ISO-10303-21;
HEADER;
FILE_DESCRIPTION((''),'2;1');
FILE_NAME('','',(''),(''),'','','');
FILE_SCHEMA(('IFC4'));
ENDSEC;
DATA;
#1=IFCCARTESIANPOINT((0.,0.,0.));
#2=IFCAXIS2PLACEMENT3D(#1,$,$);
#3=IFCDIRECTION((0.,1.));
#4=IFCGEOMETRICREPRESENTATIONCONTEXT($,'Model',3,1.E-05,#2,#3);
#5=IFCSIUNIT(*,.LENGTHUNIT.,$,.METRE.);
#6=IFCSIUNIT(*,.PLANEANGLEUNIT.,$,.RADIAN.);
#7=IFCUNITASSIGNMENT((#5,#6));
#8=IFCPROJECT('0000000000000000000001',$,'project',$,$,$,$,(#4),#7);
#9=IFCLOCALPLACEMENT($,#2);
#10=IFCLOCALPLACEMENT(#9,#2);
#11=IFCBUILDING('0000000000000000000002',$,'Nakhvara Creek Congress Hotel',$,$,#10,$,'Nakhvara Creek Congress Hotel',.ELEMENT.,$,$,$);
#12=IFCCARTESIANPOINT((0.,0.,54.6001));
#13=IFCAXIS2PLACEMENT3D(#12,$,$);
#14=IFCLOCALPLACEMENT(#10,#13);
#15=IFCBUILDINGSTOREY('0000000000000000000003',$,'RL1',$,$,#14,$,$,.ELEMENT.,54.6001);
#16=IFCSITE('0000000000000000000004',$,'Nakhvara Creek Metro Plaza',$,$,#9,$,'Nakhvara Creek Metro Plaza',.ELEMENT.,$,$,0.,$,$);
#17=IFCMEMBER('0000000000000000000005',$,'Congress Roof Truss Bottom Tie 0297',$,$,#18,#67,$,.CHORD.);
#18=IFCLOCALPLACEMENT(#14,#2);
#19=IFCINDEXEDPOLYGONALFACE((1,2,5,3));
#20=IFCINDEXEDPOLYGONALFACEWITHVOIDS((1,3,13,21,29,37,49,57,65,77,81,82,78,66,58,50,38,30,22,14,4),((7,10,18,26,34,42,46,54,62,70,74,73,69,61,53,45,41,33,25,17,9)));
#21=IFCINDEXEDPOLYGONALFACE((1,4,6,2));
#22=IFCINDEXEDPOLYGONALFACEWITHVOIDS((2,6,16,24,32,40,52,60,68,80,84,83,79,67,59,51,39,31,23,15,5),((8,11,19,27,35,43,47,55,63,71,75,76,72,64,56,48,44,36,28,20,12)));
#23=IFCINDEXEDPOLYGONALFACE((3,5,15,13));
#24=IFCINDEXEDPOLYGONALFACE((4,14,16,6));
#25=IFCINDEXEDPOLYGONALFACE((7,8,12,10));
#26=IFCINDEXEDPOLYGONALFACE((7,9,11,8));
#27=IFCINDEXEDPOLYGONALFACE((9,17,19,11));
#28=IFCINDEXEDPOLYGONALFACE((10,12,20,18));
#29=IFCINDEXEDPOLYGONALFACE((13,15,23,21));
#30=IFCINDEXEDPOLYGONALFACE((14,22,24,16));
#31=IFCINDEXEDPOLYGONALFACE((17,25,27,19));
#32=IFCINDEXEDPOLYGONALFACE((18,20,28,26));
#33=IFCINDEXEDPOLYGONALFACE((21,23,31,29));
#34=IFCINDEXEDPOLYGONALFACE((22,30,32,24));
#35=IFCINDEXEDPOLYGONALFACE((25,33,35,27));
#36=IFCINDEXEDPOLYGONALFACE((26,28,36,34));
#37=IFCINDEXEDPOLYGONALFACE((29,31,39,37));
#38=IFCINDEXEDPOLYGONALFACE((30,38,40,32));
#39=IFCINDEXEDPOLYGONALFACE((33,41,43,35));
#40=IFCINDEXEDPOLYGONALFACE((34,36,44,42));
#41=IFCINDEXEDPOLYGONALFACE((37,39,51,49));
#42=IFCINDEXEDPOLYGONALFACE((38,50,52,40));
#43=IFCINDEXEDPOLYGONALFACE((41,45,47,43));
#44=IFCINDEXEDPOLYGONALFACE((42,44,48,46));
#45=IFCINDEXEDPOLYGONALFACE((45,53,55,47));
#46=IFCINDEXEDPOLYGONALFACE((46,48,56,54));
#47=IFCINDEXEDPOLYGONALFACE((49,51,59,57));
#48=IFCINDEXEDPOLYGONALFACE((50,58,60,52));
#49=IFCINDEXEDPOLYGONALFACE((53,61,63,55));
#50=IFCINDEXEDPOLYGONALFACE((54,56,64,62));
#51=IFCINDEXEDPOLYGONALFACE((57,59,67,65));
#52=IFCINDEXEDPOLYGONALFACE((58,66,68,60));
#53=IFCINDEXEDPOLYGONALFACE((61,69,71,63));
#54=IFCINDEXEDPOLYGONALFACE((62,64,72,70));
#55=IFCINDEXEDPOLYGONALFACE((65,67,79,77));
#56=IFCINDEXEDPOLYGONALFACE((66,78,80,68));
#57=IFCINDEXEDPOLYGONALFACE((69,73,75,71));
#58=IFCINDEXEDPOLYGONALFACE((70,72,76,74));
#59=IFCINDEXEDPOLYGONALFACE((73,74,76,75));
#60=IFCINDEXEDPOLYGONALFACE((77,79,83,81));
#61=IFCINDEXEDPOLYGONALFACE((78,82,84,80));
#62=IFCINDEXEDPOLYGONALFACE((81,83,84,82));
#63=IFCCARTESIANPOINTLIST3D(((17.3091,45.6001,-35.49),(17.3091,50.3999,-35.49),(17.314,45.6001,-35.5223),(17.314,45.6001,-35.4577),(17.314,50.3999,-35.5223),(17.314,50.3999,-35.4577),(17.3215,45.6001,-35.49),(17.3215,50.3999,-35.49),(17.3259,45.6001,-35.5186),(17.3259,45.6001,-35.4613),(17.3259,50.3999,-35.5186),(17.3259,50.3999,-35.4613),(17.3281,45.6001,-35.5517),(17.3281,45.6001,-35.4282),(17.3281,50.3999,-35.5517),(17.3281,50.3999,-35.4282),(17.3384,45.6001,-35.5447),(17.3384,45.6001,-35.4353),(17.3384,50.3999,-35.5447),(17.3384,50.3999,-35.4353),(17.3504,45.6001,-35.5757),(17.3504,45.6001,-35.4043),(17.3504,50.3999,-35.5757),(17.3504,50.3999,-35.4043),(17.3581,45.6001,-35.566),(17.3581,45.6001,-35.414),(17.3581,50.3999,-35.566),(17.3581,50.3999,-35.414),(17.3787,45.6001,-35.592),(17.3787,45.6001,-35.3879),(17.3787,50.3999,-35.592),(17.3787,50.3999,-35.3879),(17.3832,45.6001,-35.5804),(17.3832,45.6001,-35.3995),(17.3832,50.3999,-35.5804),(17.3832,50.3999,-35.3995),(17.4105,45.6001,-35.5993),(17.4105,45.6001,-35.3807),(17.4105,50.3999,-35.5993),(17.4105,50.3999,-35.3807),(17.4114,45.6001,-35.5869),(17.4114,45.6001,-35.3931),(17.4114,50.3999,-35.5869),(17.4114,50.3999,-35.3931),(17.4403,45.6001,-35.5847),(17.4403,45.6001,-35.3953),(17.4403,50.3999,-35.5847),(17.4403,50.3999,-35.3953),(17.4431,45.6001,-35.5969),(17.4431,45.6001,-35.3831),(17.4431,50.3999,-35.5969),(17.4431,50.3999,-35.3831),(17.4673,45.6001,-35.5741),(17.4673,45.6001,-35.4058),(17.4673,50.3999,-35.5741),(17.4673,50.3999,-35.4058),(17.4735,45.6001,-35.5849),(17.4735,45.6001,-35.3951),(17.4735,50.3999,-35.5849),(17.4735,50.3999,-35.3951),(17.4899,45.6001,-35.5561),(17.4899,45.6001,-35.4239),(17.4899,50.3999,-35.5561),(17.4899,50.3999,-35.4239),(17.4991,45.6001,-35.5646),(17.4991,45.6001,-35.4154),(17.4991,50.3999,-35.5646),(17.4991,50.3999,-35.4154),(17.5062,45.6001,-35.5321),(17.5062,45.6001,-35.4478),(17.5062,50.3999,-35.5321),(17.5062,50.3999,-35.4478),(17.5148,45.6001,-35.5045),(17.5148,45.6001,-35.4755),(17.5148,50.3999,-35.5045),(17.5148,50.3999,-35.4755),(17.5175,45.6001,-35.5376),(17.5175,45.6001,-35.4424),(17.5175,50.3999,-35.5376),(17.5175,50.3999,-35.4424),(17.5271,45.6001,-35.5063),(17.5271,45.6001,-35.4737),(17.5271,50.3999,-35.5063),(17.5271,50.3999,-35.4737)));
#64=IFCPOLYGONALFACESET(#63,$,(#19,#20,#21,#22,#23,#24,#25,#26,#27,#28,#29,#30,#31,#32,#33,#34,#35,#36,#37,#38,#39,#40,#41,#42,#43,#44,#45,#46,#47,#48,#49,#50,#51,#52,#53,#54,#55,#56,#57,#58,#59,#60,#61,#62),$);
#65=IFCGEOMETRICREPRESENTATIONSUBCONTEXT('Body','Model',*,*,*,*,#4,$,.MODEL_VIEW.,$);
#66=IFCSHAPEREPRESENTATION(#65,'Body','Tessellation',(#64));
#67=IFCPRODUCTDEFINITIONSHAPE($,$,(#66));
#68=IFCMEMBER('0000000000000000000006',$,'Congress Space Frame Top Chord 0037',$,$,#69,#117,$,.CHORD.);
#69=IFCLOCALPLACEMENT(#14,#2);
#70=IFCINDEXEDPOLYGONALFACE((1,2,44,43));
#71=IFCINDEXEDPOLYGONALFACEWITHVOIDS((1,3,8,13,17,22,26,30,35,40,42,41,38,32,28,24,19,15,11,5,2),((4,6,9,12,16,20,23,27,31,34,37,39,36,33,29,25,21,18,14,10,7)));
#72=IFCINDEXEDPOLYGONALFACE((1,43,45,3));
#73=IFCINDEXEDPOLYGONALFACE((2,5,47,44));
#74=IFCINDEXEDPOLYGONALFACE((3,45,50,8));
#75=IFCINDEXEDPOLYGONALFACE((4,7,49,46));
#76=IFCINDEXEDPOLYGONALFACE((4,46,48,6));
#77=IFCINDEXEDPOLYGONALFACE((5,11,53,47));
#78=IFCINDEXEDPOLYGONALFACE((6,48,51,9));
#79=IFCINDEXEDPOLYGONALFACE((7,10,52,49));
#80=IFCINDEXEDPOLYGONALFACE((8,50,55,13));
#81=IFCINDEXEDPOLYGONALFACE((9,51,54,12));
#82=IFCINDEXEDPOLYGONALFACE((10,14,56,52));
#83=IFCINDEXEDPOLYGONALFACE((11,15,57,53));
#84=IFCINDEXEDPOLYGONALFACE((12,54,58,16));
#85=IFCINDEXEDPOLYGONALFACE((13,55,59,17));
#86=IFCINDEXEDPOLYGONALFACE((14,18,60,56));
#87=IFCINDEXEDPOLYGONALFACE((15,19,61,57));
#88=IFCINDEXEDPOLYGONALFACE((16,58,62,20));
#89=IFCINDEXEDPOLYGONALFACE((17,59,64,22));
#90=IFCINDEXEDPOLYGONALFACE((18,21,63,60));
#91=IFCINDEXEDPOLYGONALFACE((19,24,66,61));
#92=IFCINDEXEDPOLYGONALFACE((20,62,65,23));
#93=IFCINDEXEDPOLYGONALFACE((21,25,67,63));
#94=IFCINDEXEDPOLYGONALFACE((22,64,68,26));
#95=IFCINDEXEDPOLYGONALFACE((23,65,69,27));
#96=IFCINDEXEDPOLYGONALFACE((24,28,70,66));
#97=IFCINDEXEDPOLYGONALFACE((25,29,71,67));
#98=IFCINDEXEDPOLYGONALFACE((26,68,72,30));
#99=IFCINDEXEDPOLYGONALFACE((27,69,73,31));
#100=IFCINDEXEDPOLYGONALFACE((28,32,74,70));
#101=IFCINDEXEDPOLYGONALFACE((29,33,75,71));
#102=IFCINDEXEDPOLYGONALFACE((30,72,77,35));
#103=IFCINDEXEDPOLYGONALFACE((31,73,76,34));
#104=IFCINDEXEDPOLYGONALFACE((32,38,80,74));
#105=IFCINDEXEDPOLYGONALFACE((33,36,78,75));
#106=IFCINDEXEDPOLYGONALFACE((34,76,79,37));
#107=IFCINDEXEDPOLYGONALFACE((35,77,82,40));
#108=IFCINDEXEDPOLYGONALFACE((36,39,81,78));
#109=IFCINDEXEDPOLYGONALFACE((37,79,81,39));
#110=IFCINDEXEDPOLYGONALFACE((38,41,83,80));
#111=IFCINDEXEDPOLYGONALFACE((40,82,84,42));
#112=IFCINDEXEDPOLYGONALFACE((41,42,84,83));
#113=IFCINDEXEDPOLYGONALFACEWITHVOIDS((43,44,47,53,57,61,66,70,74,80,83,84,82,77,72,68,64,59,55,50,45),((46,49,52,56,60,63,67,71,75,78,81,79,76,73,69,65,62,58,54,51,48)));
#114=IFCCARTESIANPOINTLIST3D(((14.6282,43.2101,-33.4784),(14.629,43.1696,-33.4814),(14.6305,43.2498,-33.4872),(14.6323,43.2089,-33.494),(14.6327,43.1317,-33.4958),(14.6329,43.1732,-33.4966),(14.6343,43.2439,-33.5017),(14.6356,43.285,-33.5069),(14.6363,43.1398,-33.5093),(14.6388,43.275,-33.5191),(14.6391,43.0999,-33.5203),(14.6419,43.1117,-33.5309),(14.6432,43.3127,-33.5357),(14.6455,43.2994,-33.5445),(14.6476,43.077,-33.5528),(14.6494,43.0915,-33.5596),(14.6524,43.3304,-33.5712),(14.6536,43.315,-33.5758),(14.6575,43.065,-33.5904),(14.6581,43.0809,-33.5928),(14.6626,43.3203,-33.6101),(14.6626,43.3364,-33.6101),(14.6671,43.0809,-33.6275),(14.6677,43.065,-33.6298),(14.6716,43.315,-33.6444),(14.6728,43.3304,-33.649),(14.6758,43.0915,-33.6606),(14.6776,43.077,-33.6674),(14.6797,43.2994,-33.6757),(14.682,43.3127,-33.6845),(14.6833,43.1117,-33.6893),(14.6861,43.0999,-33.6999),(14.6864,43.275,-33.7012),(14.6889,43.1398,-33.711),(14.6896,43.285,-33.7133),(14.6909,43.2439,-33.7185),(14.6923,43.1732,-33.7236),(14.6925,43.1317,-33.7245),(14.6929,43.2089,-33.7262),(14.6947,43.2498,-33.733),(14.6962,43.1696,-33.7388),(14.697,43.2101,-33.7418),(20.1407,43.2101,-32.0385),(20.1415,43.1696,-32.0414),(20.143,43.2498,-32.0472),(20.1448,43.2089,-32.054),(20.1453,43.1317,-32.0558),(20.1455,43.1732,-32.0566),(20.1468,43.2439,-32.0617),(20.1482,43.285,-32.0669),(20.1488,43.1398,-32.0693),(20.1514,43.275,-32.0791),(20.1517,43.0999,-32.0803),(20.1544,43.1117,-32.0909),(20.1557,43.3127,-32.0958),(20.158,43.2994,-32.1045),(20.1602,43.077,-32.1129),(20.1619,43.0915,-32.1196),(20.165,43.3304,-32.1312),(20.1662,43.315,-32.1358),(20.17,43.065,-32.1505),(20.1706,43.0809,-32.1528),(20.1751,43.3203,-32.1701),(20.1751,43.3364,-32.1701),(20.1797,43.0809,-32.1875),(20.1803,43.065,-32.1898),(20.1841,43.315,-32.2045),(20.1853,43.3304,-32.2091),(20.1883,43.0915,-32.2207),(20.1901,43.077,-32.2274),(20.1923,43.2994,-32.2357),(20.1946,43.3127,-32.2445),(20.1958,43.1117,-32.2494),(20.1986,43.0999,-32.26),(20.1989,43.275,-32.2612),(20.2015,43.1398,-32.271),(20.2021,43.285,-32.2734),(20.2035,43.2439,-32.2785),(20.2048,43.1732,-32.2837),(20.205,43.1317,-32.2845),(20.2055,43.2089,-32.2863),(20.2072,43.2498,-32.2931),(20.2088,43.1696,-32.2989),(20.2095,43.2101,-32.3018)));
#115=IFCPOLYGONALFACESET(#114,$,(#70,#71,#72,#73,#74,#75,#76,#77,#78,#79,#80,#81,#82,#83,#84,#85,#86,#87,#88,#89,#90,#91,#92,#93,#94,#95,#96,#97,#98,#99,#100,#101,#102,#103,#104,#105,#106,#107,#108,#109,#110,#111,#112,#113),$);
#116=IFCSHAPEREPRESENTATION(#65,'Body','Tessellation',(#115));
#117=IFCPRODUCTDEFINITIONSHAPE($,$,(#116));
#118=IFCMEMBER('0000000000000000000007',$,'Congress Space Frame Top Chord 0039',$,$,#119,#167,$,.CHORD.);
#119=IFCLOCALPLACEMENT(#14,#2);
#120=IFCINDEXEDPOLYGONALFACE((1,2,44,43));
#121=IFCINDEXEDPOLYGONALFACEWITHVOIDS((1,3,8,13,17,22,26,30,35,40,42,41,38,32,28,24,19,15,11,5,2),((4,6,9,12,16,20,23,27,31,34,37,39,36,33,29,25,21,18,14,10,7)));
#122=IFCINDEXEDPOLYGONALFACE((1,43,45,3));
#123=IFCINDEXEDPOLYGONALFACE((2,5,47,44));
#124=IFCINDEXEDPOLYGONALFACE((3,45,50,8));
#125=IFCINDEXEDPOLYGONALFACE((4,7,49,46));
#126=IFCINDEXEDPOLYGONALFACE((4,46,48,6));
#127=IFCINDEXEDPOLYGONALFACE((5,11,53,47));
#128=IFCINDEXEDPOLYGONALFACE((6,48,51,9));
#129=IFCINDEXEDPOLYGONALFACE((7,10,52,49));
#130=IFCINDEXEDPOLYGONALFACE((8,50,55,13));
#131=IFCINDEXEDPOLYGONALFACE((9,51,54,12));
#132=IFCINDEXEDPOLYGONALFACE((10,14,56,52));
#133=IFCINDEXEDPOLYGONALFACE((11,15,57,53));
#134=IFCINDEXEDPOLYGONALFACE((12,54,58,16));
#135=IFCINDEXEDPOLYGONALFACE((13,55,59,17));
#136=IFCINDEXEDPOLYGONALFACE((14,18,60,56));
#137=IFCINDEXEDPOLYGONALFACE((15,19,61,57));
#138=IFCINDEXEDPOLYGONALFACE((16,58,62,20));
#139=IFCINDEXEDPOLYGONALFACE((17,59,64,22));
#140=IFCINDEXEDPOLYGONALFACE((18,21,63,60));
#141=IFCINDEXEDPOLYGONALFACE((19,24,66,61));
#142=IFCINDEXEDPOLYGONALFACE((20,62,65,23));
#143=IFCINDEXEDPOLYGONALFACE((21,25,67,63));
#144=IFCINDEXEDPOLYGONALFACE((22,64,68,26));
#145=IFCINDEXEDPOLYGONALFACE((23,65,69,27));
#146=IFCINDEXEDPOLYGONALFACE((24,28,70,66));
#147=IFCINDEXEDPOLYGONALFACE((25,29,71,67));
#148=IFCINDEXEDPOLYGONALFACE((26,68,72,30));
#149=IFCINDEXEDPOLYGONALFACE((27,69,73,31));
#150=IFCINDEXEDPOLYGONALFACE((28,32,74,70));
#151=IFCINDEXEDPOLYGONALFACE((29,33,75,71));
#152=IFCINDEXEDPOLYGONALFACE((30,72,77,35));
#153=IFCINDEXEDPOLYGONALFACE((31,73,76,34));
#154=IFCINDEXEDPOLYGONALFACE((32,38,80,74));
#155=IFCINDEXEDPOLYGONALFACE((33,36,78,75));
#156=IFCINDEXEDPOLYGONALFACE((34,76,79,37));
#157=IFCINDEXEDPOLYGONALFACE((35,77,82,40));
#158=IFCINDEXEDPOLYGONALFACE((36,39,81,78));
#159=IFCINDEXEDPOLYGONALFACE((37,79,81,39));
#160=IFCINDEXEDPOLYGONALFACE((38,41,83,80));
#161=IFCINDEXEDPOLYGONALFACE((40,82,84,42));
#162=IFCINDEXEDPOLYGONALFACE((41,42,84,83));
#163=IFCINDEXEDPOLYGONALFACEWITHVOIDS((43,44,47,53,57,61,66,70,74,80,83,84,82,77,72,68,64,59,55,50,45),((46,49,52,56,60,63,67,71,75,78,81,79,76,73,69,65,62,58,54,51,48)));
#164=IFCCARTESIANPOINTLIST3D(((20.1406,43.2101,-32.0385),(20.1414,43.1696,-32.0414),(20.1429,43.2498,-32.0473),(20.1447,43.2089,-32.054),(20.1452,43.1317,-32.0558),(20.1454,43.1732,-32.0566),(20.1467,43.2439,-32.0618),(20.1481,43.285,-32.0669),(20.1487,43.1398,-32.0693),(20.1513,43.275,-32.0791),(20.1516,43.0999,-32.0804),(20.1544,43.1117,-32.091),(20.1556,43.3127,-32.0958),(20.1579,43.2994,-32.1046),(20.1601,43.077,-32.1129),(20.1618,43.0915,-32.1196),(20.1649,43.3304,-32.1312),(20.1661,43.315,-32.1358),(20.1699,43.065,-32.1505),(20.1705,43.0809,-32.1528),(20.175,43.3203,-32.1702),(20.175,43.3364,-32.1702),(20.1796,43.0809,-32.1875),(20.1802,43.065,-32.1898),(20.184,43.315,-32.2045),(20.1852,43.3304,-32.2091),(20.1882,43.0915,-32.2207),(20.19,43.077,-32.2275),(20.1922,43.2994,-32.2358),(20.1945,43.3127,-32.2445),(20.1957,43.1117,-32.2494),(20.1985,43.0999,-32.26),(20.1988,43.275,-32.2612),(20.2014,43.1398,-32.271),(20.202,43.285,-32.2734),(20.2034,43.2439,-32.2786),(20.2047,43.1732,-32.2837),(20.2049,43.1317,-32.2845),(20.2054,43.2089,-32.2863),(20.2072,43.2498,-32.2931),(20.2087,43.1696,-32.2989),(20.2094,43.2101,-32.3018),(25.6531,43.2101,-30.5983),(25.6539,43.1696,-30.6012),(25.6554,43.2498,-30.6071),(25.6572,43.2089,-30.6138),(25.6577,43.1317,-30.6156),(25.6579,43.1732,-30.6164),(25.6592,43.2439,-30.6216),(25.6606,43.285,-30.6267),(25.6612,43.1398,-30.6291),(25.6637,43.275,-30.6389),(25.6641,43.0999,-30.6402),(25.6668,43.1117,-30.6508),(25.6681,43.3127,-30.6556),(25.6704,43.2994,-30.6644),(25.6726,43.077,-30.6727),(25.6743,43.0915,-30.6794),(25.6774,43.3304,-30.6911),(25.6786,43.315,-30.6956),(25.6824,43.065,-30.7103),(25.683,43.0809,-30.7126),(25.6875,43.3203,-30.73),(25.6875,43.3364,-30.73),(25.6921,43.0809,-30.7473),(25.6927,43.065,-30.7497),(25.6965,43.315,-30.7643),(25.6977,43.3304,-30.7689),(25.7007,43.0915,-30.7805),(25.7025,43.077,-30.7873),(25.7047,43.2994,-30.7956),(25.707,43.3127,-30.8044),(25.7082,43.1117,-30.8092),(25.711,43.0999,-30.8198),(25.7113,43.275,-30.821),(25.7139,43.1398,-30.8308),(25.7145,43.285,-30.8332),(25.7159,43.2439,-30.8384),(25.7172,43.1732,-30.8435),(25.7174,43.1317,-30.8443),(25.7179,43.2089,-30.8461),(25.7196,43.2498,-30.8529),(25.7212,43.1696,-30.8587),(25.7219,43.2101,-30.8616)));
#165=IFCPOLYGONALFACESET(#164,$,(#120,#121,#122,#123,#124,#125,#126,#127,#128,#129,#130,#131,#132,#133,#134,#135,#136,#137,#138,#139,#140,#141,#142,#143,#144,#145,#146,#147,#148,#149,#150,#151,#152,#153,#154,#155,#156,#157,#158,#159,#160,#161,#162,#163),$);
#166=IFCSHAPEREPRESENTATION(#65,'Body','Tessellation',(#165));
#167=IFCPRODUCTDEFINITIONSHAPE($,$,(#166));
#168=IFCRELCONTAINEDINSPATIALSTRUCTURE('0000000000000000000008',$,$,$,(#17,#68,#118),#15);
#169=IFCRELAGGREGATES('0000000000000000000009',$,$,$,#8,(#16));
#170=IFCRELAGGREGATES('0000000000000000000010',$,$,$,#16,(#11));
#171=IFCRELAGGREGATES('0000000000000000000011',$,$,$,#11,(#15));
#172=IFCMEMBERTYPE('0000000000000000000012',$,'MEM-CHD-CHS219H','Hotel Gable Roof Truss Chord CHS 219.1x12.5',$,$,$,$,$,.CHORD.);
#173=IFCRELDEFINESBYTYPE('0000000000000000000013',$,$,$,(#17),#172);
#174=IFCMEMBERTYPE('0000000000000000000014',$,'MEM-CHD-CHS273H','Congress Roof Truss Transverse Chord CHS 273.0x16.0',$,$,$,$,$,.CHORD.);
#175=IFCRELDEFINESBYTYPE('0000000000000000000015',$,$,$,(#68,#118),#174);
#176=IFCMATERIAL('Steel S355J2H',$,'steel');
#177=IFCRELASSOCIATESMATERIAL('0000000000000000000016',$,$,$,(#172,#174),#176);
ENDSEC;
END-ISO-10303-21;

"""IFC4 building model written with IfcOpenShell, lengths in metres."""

from ifc_helpers import new_model, si_unit, direction, frame, origin, origin_2d, place, context, subcontext, project, spatial, hollow_circle, extrude, material, material_profile, profile_set, type_object, element, save


model = new_model("IFC4")

# Units and contexts
model_context = context("Model", 3, precision=1e-05, world=origin(), true_north=direction((0.0, 1.0)))
body_context = subcontext(model_context, "Body", "Model", "MODEL_VIEW")
ifc_project = project(units=[si_unit("LENGTHUNIT", "METRE"), si_unit("PLANEANGLEUNIT", "RADIAN")], contexts=[model_context])

# Site, building, storey
site_placement = place(None, origin())
site = spatial("IfcSite", under=ifc_project, at=site_placement, Name="Nakhvara Creek Metro Plaza", LongName="Nakhvara Creek Metro Plaza", CompositionType="ELEMENT", RefElevation=0.0)
building_placement = place(site_placement, origin())
building = spatial("IfcBuilding", under=site, at=building_placement, Name="Nakhvara Creek Congress Hotel", LongName="Nakhvara Creek Congress Hotel", CompositionType="ELEMENT")
storey_placement = place(building_placement, frame((0.0, 0.0, 54.6001)))
storey = spatial("IfcBuildingStorey", under=building, at=storey_placement, Name="RL1", CompositionType="ELEMENT", Elevation=54.6001)

# Members
ifc_material_1 = material(Name="Steel S355J2H", Category="steel")
ifc_material_profile_1 = material_profile(ifc_material_1, hollow_circle(Radius=0.1096, WallThickness=0.0125, at=origin_2d()), Name="CHS 219.1x12.5", Category="LoadBearing")
ifc_profile_set_1 = profile_set([ifc_material_profile_1], Name="Steel S355J2H")
member_type_1 = type_object("IfcMemberType", Name="MEM-CHD-CHS219H", Description="Hotel Gable Roof Truss Chord CHS 219.1x12.5", PredefinedType="CHORD", material=ifc_profile_set_1)
member_1_placement = place(storey_placement, frame((17.4187, 45.6001, -35.49), z_axis=(0.0, 1.0, 0.0), x_axis=(-1.0, 0.0, 0.0)))
element("IfcMember", 1, at=member_1_placement, inside=storey, type_object=member_type_1, Name="Congress Roof Truss Bottom Tie 0297", PredefinedType="CHORD", context=body_context, shape_type="SweptSolid", body=[
    extrude(hollow_circle(Radius=0.1096, WallThickness=0.0125, at=origin_2d()), origin(), (0.0, 0.0, 1.0), 4.7998),
])
ifc_material_profile_2 = material_profile(ifc_material_1, hollow_circle(Radius=0.1365, WallThickness=0.0161, at=origin_2d()), Name="CHS 273.0x16.0", Category="LoadBearing")
ifc_profile_set_2 = profile_set([ifc_material_profile_2], Name="Steel S355J2H")
member_type_2 = type_object("IfcMemberType", Name="MEM-CHD-CHS273H", Description="Congress Roof Truss Transverse Chord CHS 273.0x16.0", PredefinedType="CHORD", material=ifc_profile_set_2)
for number, where, z_axis, x_axis, name in (
    (2, (14.6626, 43.2, -33.6101), (0.967535, 0.0, 0.252736), (0.0, 1.0, 0.0), "Congress Space Frame Top Chord 0037"),
    (3, (20.175, 43.2, -32.1702), (0.967525, 0.0, 0.252776), (0.0, 1.0, 0.0), "Congress Space Frame Top Chord 0039"),
):
    element("IfcMember", number, at=place(storey_placement, frame(where, z_axis=z_axis, x_axis=x_axis)), inside=storey, type_object=member_type_2, Name=name, PredefinedType="CHORD", context=body_context, shape_type="SweptSolid", body=[
        extrude(hollow_circle(Radius=0.1365, WallThickness=0.0161, at=origin_2d()), origin(), (0.0, 0.0, 1.0), 5.6975),
    ])

save(model, "model.ifc")
